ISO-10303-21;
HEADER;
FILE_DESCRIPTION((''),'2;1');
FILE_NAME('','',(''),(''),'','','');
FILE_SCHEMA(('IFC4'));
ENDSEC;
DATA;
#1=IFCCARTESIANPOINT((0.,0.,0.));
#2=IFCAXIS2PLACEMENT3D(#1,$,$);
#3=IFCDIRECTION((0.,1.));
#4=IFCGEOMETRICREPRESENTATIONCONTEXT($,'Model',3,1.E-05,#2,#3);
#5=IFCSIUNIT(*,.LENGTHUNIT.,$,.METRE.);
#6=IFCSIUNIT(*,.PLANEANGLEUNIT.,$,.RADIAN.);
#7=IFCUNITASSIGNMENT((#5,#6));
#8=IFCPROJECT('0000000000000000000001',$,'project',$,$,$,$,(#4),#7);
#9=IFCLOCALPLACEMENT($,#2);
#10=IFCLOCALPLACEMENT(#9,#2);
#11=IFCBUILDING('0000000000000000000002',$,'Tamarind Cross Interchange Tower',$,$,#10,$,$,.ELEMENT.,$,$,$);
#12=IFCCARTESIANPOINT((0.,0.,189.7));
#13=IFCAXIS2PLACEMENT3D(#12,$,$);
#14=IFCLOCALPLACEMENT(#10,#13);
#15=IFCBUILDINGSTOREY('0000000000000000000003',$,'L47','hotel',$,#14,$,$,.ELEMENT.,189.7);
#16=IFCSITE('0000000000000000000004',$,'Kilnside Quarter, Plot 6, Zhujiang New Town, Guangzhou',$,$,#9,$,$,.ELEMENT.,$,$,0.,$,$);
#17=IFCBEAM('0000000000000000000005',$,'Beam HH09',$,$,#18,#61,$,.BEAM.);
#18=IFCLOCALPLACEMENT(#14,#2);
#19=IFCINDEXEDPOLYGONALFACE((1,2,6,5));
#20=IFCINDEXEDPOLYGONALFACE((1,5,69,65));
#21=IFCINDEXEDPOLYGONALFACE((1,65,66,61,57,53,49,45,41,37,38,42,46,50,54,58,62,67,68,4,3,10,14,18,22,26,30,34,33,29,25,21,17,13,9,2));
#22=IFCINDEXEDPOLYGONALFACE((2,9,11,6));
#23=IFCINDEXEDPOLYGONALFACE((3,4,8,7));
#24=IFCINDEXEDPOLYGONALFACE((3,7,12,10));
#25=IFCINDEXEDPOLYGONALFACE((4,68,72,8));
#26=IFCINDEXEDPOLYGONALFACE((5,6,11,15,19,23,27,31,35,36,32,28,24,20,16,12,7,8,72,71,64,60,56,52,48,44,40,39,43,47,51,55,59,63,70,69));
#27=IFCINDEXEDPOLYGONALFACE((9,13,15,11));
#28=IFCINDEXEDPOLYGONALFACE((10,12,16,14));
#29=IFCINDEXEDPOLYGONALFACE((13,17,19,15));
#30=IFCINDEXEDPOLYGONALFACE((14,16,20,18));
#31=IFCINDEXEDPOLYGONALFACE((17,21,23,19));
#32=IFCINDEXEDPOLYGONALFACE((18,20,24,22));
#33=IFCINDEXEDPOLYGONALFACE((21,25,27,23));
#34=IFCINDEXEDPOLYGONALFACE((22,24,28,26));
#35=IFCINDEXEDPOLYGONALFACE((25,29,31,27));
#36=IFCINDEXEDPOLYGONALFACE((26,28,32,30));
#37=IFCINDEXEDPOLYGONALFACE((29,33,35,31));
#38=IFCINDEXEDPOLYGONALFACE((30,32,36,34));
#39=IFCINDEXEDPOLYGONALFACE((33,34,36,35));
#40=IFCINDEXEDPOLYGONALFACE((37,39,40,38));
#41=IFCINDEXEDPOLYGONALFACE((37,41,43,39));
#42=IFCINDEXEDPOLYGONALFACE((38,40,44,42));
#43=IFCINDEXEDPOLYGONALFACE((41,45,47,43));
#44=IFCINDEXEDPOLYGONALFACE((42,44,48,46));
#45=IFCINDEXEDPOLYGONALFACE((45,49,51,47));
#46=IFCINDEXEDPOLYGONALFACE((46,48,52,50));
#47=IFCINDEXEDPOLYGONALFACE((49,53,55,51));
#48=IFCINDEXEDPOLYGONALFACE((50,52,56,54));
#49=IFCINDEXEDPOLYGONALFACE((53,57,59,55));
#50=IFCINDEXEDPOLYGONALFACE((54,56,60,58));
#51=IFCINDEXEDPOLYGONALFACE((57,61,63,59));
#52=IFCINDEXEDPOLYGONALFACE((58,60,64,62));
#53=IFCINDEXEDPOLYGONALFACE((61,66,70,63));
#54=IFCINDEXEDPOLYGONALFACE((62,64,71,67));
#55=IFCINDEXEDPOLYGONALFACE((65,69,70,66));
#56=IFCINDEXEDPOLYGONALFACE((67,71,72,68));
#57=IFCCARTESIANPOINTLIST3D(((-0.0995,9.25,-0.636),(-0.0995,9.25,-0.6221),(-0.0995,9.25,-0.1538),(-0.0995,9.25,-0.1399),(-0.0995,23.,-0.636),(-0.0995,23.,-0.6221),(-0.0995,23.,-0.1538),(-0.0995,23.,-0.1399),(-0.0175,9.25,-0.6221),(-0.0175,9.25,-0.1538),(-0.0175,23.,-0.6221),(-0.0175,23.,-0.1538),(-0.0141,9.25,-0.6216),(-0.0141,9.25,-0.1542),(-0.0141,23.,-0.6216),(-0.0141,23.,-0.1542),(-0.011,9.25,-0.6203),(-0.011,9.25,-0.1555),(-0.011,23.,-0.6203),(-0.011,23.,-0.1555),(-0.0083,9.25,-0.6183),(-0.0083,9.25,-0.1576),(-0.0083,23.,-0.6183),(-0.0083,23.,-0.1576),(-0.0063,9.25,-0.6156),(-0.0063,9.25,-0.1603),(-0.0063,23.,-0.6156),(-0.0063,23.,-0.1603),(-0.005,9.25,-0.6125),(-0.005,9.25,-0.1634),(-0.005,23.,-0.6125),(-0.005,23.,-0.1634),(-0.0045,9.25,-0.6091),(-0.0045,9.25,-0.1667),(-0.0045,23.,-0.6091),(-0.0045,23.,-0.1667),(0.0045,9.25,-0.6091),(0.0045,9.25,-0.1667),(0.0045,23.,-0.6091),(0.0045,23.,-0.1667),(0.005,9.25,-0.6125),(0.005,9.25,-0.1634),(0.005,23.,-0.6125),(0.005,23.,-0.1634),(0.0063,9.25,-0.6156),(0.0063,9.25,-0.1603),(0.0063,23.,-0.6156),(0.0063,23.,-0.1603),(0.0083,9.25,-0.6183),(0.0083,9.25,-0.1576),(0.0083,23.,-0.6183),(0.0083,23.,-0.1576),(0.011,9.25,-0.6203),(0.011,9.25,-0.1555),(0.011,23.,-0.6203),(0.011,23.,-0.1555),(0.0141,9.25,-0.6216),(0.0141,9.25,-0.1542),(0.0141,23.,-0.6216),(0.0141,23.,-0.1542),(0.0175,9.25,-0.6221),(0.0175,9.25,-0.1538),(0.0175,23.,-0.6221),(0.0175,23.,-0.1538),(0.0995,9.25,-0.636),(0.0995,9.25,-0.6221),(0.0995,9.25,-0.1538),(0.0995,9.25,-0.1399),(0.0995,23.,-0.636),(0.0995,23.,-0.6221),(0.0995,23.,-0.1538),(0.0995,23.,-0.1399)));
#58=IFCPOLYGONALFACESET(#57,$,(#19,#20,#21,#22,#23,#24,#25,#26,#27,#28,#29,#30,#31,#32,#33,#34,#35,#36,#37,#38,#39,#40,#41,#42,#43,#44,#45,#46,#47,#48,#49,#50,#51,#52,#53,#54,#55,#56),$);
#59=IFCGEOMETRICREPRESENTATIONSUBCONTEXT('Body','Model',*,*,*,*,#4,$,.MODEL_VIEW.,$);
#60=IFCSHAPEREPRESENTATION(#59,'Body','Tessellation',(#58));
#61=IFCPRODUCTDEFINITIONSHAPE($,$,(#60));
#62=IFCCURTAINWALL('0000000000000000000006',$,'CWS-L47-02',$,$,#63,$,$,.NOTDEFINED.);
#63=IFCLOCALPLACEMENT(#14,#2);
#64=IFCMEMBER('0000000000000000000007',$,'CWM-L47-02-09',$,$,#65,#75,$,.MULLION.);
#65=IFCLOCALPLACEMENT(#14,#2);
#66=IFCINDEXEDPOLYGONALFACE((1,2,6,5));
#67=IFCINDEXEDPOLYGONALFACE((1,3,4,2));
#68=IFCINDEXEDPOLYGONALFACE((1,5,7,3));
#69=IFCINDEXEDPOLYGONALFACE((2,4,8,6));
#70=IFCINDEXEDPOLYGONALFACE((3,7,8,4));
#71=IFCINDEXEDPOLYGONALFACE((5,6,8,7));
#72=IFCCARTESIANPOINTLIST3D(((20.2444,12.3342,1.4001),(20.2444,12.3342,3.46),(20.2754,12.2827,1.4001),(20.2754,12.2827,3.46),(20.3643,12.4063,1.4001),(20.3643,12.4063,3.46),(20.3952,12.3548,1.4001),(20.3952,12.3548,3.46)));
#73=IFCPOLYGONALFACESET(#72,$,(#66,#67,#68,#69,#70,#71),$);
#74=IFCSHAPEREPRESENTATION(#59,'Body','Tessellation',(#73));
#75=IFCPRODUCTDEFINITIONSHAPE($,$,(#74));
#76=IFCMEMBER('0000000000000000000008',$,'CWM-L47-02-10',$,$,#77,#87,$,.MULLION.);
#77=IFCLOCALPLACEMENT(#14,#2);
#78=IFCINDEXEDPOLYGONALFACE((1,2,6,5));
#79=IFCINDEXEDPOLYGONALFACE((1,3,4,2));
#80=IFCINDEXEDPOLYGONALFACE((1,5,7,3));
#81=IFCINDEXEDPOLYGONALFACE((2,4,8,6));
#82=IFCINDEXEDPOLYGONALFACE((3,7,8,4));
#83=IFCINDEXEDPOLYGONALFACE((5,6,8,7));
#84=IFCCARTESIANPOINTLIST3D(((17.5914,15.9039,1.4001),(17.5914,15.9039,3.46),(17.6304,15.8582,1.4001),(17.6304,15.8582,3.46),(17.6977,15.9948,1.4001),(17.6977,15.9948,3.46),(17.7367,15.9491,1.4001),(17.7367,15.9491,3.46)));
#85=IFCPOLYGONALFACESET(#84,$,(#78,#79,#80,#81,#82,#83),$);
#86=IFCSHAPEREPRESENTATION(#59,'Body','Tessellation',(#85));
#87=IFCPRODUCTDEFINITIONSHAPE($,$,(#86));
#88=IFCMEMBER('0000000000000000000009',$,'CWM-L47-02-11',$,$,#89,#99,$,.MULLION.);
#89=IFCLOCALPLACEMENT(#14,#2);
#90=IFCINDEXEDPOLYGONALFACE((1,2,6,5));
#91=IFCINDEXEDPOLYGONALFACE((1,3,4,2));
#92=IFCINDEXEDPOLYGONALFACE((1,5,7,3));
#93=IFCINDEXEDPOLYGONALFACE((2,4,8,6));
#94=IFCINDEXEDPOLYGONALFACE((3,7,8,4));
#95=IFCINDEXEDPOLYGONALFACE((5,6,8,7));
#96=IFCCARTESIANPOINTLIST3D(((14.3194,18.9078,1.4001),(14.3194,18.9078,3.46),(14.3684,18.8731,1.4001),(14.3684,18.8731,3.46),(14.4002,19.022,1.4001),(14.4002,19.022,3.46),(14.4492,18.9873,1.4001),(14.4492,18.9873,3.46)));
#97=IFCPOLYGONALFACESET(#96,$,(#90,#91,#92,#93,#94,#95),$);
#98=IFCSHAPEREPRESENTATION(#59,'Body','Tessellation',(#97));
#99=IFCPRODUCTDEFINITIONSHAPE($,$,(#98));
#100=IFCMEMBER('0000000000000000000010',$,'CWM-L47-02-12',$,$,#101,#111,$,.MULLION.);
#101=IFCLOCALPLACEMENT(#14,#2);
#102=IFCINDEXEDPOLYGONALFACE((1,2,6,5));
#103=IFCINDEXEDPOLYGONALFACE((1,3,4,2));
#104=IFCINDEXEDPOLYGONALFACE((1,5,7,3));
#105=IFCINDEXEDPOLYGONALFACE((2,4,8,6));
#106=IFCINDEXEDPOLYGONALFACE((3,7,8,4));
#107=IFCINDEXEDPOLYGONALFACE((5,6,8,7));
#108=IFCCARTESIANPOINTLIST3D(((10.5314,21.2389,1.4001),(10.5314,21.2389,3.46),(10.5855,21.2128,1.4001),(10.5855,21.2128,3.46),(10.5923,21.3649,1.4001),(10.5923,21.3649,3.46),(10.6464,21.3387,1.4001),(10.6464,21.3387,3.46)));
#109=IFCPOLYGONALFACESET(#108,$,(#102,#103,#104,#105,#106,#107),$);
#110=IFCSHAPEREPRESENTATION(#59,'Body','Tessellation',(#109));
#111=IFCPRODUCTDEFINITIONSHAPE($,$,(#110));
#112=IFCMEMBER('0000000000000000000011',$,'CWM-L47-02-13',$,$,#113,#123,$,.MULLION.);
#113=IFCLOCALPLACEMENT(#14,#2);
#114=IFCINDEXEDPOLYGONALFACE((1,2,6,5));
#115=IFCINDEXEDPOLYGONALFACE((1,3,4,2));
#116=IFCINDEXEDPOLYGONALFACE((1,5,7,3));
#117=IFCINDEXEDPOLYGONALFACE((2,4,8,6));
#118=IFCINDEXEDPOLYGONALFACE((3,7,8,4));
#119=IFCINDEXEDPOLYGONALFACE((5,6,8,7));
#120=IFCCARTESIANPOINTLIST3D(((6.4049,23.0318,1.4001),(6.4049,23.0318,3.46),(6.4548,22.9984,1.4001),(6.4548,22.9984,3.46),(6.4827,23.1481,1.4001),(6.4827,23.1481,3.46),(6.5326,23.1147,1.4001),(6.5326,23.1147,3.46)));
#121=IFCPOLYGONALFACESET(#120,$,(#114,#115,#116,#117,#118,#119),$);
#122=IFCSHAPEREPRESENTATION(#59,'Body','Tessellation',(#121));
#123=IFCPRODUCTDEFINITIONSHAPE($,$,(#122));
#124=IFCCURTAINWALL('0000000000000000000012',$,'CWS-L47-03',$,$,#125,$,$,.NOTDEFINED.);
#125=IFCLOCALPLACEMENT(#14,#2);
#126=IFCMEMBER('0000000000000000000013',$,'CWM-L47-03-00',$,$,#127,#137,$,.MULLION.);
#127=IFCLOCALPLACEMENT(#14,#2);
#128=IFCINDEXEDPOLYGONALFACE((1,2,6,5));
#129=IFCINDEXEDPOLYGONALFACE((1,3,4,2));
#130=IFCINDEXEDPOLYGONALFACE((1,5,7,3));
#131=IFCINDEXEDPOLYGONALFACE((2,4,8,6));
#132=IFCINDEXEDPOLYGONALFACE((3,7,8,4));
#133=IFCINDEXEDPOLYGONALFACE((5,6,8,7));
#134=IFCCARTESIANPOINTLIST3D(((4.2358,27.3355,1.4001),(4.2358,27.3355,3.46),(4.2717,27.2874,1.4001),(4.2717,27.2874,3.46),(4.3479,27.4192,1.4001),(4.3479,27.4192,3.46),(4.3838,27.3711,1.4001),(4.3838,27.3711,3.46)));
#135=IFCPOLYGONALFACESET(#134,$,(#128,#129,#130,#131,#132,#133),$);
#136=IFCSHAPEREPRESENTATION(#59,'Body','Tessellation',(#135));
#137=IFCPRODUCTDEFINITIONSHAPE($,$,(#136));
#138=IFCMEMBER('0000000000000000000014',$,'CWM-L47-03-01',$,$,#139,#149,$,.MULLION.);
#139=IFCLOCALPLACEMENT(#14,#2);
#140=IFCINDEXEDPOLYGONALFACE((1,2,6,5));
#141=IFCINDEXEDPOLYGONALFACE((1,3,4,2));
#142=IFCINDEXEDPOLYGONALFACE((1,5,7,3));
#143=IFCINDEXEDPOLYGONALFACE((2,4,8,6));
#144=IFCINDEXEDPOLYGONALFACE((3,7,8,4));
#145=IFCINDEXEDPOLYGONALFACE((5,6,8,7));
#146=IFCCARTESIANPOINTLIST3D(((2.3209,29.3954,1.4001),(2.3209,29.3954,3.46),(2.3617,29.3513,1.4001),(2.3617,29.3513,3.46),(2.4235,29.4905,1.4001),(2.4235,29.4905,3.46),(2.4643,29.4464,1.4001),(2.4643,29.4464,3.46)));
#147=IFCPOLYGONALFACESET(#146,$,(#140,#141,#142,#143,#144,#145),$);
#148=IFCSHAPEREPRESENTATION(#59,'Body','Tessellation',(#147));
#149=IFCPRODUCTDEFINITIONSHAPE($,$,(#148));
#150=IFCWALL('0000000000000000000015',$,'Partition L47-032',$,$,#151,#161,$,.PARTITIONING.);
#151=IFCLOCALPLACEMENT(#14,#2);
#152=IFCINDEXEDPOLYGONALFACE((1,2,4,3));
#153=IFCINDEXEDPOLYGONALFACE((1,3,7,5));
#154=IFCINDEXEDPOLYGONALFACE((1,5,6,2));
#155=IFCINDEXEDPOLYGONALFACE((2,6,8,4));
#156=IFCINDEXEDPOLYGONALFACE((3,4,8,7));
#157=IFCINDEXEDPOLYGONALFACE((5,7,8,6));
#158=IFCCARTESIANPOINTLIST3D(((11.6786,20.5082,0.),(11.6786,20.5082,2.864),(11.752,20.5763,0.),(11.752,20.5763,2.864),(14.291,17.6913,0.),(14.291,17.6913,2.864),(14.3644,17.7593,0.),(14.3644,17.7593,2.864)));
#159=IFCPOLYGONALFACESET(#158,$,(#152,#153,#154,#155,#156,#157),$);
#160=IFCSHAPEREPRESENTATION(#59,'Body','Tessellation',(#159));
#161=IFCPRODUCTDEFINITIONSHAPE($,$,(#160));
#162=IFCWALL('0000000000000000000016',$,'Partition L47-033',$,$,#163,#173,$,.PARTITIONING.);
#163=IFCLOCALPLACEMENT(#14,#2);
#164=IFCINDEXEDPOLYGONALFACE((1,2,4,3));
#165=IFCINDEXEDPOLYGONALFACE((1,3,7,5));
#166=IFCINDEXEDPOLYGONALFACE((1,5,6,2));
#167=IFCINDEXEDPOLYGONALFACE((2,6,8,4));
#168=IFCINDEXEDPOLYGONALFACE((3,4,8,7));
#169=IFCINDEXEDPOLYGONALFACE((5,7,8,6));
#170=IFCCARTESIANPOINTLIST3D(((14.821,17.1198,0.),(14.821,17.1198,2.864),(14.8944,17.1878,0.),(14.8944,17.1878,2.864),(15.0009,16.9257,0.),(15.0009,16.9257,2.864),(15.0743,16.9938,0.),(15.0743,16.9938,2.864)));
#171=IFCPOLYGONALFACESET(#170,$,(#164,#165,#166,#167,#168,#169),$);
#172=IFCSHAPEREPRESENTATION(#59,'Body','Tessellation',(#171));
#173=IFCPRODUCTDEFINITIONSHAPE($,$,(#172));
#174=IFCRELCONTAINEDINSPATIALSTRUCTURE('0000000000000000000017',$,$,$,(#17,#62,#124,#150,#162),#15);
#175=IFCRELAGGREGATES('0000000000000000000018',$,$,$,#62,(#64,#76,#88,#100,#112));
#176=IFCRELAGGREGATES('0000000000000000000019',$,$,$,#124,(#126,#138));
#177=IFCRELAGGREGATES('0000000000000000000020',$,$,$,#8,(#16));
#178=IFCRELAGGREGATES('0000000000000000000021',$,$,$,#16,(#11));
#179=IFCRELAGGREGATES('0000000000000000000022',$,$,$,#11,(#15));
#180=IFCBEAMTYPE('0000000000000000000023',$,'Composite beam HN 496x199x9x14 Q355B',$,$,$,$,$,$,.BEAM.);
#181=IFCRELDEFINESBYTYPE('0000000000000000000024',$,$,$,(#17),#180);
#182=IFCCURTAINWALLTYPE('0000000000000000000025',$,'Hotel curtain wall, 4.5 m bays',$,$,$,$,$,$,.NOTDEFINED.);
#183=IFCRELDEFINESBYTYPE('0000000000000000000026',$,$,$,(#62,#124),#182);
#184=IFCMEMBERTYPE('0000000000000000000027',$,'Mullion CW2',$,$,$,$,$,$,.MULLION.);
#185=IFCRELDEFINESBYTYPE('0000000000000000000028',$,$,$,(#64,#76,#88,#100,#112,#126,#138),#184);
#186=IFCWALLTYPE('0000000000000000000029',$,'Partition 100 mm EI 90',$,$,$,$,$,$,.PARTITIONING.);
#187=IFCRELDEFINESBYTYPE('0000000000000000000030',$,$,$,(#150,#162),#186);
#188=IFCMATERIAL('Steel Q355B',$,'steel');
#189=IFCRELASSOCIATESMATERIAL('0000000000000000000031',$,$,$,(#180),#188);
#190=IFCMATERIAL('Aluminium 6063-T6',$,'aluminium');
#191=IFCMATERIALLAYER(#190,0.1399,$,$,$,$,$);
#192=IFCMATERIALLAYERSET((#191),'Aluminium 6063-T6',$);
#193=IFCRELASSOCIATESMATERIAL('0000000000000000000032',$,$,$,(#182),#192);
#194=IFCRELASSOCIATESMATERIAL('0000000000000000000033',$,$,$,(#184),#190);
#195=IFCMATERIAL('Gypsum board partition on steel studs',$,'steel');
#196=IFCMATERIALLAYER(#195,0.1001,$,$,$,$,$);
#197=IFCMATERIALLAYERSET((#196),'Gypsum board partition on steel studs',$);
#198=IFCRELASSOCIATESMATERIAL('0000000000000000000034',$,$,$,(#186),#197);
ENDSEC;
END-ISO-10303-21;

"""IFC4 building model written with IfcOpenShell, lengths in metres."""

from ifc_helpers import new_model, si_unit, direction, frame, frame_2d, origin, origin_2d, place, context, subcontext, project, spatial, rectangle, i_section, extrude, material, layer, layer_set, material_profile, profile_set, type_object, element, aggregate, save


model = new_model("IFC4")

# Units and contexts
model_context = context("Model", 3, precision=1e-05, world=origin(), true_north=direction((0.0, 1.0)))
body_context = subcontext(model_context, "Body", "Model", "MODEL_VIEW")
ifc_project = project(units=[si_unit("LENGTHUNIT", "METRE"), si_unit("PLANEANGLEUNIT", "RADIAN")], contexts=[model_context])

# Site, building, storey
site_placement = place(None, origin())
site = spatial("IfcSite", under=ifc_project, at=site_placement, Name="Kilnside Quarter, Plot 6, Zhujiang New Town, Guangzhou", CompositionType="ELEMENT", RefElevation=0.0)
building_placement = place(site_placement, origin())
building = spatial("IfcBuilding", under=site, at=building_placement, Name="Tamarind Cross Interchange Tower", CompositionType="ELEMENT")
storey_placement = place(building_placement, frame((0.0, 0.0, 189.7)))
storey = spatial("IfcBuildingStorey", under=building, at=storey_placement, Name="L47", Description="hotel", CompositionType="ELEMENT", Elevation=189.7)

# Beam
ifc_material_1 = material(Name="Steel Q355B", Category="steel")
ifc_material_profile_1 = material_profile(ifc_material_1, i_section(OverallWidth=0.199, OverallDepth=0.4961, WebThickness=0.009, FlangeThickness=0.0139, FilletRadius=0.0129, at=origin_2d()), Name="HN 496x199x9x14")
ifc_profile_set_1 = profile_set([ifc_material_profile_1], Name="Steel Q355B")
beam_type = type_object("IfcBeamType", Name="Composite beam HN 496x199x9x14 Q355B", PredefinedType="BEAM", material=ifc_profile_set_1)
beam_1_placement = place(storey_placement, frame((0.0, 23.0, -0.3879), z_axis=(0.0, -1.0, 0.0), x_axis=(1.0, 0.0, 0.0)))
element("IfcBeam", 1, at=beam_1_placement, inside=storey, type_object=beam_type, Name="Beam HH09", PredefinedType="BEAM", context=body_context, shape_type="SweptSolid", body=[
    extrude(i_section(OverallWidth=0.199, OverallDepth=0.4961, WebThickness=0.009, FlangeThickness=0.0139, FilletRadius=0.0129, at=origin_2d()), origin(), (0.0, 0.0, 1.0), 13.75),
])

# Curtain walls, members
ifc_material_2 = material(Name="Aluminium 6063-T6", Category="aluminium")
ifc_layer_1 = layer(ifc_material_2, 0.1399)
ifc_layer_set_1 = layer_set([ifc_layer_1], Name="Aluminium 6063-T6")
curtain_wall_type = type_object("IfcCurtainWallType", Name="Hotel curtain wall, 4.5 m bays", PredefinedType="NOTDEFINED", material=ifc_layer_set_1)
curtain_wall_1_placement = place(storey_placement, origin())
curtain_wall_1 = element("IfcCurtainWall", 2, at=curtain_wall_1_placement, inside=storey, type_object=curtain_wall_type, Name="CWS-L47-02", PredefinedType="NOTDEFINED")
ifc_material_profile_2 = material_profile(ifc_material_2, rectangle(XDim=0.0601, YDim=0.1399, at=origin_2d()), Name="Mullion CW2")
ifc_profile_set_2 = profile_set([ifc_material_profile_2], Name="Aluminium 6063-T6")
member_type = type_object("IfcMemberType", Name="Mullion CW2", PredefinedType="MULLION", material=ifc_profile_set_2)
member_1_placement = place(storey_placement, frame((20.3198, 12.3445, 1.4001), z_axis=(0.0, 0.0, 1.0), x_axis=(-0.515577, 0.856843, 0.0)))
member_1 = element("IfcMember", 3, at=member_1_placement, type_object=member_type, Name="CWM-L47-02-09", PredefinedType="MULLION", context=body_context, shape_type="SweptSolid", body=[
    extrude(rectangle(XDim=0.0601, YDim=0.1399, at=origin_2d()), origin(), (0.0, 0.0, 1.0), 2.0598),
])
member_2_placement = place(storey_placement, frame((17.6641, 15.9265, 1.4001), z_axis=(0.0, 0.0, 1.0), x_axis=(-0.649577, 0.760296, 0.0)))
member_2 = element("IfcMember", 4, at=member_2_placement, type_object=member_type, Name="CWM-L47-02-10", PredefinedType="MULLION", context=body_context, shape_type="SweptSolid", body=[
    extrude(rectangle(XDim=0.0601, YDim=0.1399, at=origin_2d()), origin(), (0.0, 0.0, 1.0), 2.0598),
])
member_3_placement = place(storey_placement, frame((14.3843, 18.9475, 1.4001), z_axis=(0.0, 0.0, 1.0), x_axis=(-0.816342, 0.577569, 0.0)))
member_3 = element("IfcMember", 5, at=member_3_placement, type_object=member_type, Name="CWM-L47-02-11", PredefinedType="MULLION", context=body_context, shape_type="SweptSolid", body=[
    extrude(rectangle(XDim=0.0601, YDim=0.1399, at=origin_2d()), origin(), (0.0, 0.0, 1.0), 2.0598),
])
member_4_placement = place(storey_placement, frame((10.5889, 21.2888, 1.4001), z_axis=(0.0, 0.0, 1.0), x_axis=(-0.900273, 0.435326, 0.0)))
member_4 = element("IfcMember", 6, at=member_4_placement, type_object=member_type, Name="CWM-L47-02-12", PredefinedType="MULLION", context=body_context, shape_type="SweptSolid", body=[
    extrude(rectangle(XDim=0.0601, YDim=0.1399, at=origin_2d()), origin(), (0.0, 0.0, 1.0), 2.0598),
])
member_5_placement = place(storey_placement, frame((6.4688, 23.0732, 1.4001), z_axis=(0.0, 0.0, 1.0), x_axis=(-0.830966, 0.556324, 0.0)))
member_5 = element("IfcMember", 7, at=member_5_placement, type_object=member_type, Name="CWM-L47-02-13", PredefinedType="MULLION", context=body_context, shape_type="SweptSolid", body=[
    extrude(rectangle(XDim=0.0601, YDim=0.1399, at=origin_2d()), origin(), (0.0, 0.0, 1.0), 2.0598),
])
aggregate(curtain_wall_1, [member_1, member_2, member_3, member_4, member_5])
curtain_wall_2_placement = place(storey_placement, origin())
curtain_wall_2 = element("IfcCurtainWall", 8, at=curtain_wall_2_placement, inside=storey, type_object=curtain_wall_type, Name="CWS-L47-03", PredefinedType="NOTDEFINED")
member_6_placement = place(storey_placement, frame((4.3098, 27.3533, 1.4001), z_axis=(0.0, 0.0, 1.0), x_axis=(-0.598483, 0.801136, 0.0)))
member_6 = element("IfcMember", 9, at=member_6_placement, type_object=member_type, Name="CWM-L47-03-00", PredefinedType="MULLION", context=body_context, shape_type="SweptSolid", body=[
    extrude(rectangle(XDim=0.0601, YDim=0.1399, at=origin_2d()), origin(), (0.0, 0.0, 1.0), 2.0598),
])
member_7_placement = place(storey_placement, frame((2.3926, 29.4209, 1.4001), z_axis=(0.0, 0.0, 1.0), x_axis=(-0.679912, 0.733293, 0.0)))
member_7 = element("IfcMember", 10, at=member_7_placement, type_object=member_type, Name="CWM-L47-03-01", PredefinedType="MULLION", context=body_context, shape_type="SweptSolid", body=[
    extrude(rectangle(XDim=0.0601, YDim=0.1399, at=origin_2d()), origin(), (0.0, 0.0, 1.0), 2.0598),
])
aggregate(curtain_wall_2, [member_6, member_7])

# Walls
ifc_material_3 = material(Name="Gypsum board partition on steel studs", Category="steel")
ifc_layer_2 = layer(ifc_material_3, 0.1001)
ifc_layer_set_2 = layer_set([ifc_layer_2], Name="Gypsum board partition on steel studs")
wall_type_1 = type_object("IfcWallType", Name="Partition 100 mm EI 90", PredefinedType="PARTITIONING", material=ifc_layer_set_2)
wall_1_placement = place(storey_placement, frame((11.7153, 20.5422, 0.0), z_axis=(0.0, 0.0, 1.0), x_axis=(0.679978, -0.733232, 0.0)))
element("IfcWall", 11, at=wall_1_placement, inside=storey, type_object=wall_type_1, Name="Partition L47-032", PredefinedType="PARTITIONING", context=body_context, shape_type="SweptSolid", body=[
    extrude(rectangle(XDim=3.8418, YDim=0.1001, at=frame_2d((1.9209, 0.0))), origin(), (0.0, 0.0, 1.0), 2.864),
])
wall_2_placement = place(storey_placement, frame((14.8577, 17.1538, 0.0), z_axis=(0.0, 0.0, 1.0), x_axis=(0.679849, -0.733352, 0.0)))
element("IfcWall", 12, at=wall_2_placement, inside=storey, type_object=wall_type_1, Name="Partition L47-033", PredefinedType="PARTITIONING", context=body_context, shape_type="SweptSolid", body=[
    extrude(rectangle(XDim=0.2646, YDim=0.1001, at=frame_2d((0.1323, 0.0))), origin(), (0.0, 0.0, 1.0), 2.864),
])

save(model, "model.ifc")
